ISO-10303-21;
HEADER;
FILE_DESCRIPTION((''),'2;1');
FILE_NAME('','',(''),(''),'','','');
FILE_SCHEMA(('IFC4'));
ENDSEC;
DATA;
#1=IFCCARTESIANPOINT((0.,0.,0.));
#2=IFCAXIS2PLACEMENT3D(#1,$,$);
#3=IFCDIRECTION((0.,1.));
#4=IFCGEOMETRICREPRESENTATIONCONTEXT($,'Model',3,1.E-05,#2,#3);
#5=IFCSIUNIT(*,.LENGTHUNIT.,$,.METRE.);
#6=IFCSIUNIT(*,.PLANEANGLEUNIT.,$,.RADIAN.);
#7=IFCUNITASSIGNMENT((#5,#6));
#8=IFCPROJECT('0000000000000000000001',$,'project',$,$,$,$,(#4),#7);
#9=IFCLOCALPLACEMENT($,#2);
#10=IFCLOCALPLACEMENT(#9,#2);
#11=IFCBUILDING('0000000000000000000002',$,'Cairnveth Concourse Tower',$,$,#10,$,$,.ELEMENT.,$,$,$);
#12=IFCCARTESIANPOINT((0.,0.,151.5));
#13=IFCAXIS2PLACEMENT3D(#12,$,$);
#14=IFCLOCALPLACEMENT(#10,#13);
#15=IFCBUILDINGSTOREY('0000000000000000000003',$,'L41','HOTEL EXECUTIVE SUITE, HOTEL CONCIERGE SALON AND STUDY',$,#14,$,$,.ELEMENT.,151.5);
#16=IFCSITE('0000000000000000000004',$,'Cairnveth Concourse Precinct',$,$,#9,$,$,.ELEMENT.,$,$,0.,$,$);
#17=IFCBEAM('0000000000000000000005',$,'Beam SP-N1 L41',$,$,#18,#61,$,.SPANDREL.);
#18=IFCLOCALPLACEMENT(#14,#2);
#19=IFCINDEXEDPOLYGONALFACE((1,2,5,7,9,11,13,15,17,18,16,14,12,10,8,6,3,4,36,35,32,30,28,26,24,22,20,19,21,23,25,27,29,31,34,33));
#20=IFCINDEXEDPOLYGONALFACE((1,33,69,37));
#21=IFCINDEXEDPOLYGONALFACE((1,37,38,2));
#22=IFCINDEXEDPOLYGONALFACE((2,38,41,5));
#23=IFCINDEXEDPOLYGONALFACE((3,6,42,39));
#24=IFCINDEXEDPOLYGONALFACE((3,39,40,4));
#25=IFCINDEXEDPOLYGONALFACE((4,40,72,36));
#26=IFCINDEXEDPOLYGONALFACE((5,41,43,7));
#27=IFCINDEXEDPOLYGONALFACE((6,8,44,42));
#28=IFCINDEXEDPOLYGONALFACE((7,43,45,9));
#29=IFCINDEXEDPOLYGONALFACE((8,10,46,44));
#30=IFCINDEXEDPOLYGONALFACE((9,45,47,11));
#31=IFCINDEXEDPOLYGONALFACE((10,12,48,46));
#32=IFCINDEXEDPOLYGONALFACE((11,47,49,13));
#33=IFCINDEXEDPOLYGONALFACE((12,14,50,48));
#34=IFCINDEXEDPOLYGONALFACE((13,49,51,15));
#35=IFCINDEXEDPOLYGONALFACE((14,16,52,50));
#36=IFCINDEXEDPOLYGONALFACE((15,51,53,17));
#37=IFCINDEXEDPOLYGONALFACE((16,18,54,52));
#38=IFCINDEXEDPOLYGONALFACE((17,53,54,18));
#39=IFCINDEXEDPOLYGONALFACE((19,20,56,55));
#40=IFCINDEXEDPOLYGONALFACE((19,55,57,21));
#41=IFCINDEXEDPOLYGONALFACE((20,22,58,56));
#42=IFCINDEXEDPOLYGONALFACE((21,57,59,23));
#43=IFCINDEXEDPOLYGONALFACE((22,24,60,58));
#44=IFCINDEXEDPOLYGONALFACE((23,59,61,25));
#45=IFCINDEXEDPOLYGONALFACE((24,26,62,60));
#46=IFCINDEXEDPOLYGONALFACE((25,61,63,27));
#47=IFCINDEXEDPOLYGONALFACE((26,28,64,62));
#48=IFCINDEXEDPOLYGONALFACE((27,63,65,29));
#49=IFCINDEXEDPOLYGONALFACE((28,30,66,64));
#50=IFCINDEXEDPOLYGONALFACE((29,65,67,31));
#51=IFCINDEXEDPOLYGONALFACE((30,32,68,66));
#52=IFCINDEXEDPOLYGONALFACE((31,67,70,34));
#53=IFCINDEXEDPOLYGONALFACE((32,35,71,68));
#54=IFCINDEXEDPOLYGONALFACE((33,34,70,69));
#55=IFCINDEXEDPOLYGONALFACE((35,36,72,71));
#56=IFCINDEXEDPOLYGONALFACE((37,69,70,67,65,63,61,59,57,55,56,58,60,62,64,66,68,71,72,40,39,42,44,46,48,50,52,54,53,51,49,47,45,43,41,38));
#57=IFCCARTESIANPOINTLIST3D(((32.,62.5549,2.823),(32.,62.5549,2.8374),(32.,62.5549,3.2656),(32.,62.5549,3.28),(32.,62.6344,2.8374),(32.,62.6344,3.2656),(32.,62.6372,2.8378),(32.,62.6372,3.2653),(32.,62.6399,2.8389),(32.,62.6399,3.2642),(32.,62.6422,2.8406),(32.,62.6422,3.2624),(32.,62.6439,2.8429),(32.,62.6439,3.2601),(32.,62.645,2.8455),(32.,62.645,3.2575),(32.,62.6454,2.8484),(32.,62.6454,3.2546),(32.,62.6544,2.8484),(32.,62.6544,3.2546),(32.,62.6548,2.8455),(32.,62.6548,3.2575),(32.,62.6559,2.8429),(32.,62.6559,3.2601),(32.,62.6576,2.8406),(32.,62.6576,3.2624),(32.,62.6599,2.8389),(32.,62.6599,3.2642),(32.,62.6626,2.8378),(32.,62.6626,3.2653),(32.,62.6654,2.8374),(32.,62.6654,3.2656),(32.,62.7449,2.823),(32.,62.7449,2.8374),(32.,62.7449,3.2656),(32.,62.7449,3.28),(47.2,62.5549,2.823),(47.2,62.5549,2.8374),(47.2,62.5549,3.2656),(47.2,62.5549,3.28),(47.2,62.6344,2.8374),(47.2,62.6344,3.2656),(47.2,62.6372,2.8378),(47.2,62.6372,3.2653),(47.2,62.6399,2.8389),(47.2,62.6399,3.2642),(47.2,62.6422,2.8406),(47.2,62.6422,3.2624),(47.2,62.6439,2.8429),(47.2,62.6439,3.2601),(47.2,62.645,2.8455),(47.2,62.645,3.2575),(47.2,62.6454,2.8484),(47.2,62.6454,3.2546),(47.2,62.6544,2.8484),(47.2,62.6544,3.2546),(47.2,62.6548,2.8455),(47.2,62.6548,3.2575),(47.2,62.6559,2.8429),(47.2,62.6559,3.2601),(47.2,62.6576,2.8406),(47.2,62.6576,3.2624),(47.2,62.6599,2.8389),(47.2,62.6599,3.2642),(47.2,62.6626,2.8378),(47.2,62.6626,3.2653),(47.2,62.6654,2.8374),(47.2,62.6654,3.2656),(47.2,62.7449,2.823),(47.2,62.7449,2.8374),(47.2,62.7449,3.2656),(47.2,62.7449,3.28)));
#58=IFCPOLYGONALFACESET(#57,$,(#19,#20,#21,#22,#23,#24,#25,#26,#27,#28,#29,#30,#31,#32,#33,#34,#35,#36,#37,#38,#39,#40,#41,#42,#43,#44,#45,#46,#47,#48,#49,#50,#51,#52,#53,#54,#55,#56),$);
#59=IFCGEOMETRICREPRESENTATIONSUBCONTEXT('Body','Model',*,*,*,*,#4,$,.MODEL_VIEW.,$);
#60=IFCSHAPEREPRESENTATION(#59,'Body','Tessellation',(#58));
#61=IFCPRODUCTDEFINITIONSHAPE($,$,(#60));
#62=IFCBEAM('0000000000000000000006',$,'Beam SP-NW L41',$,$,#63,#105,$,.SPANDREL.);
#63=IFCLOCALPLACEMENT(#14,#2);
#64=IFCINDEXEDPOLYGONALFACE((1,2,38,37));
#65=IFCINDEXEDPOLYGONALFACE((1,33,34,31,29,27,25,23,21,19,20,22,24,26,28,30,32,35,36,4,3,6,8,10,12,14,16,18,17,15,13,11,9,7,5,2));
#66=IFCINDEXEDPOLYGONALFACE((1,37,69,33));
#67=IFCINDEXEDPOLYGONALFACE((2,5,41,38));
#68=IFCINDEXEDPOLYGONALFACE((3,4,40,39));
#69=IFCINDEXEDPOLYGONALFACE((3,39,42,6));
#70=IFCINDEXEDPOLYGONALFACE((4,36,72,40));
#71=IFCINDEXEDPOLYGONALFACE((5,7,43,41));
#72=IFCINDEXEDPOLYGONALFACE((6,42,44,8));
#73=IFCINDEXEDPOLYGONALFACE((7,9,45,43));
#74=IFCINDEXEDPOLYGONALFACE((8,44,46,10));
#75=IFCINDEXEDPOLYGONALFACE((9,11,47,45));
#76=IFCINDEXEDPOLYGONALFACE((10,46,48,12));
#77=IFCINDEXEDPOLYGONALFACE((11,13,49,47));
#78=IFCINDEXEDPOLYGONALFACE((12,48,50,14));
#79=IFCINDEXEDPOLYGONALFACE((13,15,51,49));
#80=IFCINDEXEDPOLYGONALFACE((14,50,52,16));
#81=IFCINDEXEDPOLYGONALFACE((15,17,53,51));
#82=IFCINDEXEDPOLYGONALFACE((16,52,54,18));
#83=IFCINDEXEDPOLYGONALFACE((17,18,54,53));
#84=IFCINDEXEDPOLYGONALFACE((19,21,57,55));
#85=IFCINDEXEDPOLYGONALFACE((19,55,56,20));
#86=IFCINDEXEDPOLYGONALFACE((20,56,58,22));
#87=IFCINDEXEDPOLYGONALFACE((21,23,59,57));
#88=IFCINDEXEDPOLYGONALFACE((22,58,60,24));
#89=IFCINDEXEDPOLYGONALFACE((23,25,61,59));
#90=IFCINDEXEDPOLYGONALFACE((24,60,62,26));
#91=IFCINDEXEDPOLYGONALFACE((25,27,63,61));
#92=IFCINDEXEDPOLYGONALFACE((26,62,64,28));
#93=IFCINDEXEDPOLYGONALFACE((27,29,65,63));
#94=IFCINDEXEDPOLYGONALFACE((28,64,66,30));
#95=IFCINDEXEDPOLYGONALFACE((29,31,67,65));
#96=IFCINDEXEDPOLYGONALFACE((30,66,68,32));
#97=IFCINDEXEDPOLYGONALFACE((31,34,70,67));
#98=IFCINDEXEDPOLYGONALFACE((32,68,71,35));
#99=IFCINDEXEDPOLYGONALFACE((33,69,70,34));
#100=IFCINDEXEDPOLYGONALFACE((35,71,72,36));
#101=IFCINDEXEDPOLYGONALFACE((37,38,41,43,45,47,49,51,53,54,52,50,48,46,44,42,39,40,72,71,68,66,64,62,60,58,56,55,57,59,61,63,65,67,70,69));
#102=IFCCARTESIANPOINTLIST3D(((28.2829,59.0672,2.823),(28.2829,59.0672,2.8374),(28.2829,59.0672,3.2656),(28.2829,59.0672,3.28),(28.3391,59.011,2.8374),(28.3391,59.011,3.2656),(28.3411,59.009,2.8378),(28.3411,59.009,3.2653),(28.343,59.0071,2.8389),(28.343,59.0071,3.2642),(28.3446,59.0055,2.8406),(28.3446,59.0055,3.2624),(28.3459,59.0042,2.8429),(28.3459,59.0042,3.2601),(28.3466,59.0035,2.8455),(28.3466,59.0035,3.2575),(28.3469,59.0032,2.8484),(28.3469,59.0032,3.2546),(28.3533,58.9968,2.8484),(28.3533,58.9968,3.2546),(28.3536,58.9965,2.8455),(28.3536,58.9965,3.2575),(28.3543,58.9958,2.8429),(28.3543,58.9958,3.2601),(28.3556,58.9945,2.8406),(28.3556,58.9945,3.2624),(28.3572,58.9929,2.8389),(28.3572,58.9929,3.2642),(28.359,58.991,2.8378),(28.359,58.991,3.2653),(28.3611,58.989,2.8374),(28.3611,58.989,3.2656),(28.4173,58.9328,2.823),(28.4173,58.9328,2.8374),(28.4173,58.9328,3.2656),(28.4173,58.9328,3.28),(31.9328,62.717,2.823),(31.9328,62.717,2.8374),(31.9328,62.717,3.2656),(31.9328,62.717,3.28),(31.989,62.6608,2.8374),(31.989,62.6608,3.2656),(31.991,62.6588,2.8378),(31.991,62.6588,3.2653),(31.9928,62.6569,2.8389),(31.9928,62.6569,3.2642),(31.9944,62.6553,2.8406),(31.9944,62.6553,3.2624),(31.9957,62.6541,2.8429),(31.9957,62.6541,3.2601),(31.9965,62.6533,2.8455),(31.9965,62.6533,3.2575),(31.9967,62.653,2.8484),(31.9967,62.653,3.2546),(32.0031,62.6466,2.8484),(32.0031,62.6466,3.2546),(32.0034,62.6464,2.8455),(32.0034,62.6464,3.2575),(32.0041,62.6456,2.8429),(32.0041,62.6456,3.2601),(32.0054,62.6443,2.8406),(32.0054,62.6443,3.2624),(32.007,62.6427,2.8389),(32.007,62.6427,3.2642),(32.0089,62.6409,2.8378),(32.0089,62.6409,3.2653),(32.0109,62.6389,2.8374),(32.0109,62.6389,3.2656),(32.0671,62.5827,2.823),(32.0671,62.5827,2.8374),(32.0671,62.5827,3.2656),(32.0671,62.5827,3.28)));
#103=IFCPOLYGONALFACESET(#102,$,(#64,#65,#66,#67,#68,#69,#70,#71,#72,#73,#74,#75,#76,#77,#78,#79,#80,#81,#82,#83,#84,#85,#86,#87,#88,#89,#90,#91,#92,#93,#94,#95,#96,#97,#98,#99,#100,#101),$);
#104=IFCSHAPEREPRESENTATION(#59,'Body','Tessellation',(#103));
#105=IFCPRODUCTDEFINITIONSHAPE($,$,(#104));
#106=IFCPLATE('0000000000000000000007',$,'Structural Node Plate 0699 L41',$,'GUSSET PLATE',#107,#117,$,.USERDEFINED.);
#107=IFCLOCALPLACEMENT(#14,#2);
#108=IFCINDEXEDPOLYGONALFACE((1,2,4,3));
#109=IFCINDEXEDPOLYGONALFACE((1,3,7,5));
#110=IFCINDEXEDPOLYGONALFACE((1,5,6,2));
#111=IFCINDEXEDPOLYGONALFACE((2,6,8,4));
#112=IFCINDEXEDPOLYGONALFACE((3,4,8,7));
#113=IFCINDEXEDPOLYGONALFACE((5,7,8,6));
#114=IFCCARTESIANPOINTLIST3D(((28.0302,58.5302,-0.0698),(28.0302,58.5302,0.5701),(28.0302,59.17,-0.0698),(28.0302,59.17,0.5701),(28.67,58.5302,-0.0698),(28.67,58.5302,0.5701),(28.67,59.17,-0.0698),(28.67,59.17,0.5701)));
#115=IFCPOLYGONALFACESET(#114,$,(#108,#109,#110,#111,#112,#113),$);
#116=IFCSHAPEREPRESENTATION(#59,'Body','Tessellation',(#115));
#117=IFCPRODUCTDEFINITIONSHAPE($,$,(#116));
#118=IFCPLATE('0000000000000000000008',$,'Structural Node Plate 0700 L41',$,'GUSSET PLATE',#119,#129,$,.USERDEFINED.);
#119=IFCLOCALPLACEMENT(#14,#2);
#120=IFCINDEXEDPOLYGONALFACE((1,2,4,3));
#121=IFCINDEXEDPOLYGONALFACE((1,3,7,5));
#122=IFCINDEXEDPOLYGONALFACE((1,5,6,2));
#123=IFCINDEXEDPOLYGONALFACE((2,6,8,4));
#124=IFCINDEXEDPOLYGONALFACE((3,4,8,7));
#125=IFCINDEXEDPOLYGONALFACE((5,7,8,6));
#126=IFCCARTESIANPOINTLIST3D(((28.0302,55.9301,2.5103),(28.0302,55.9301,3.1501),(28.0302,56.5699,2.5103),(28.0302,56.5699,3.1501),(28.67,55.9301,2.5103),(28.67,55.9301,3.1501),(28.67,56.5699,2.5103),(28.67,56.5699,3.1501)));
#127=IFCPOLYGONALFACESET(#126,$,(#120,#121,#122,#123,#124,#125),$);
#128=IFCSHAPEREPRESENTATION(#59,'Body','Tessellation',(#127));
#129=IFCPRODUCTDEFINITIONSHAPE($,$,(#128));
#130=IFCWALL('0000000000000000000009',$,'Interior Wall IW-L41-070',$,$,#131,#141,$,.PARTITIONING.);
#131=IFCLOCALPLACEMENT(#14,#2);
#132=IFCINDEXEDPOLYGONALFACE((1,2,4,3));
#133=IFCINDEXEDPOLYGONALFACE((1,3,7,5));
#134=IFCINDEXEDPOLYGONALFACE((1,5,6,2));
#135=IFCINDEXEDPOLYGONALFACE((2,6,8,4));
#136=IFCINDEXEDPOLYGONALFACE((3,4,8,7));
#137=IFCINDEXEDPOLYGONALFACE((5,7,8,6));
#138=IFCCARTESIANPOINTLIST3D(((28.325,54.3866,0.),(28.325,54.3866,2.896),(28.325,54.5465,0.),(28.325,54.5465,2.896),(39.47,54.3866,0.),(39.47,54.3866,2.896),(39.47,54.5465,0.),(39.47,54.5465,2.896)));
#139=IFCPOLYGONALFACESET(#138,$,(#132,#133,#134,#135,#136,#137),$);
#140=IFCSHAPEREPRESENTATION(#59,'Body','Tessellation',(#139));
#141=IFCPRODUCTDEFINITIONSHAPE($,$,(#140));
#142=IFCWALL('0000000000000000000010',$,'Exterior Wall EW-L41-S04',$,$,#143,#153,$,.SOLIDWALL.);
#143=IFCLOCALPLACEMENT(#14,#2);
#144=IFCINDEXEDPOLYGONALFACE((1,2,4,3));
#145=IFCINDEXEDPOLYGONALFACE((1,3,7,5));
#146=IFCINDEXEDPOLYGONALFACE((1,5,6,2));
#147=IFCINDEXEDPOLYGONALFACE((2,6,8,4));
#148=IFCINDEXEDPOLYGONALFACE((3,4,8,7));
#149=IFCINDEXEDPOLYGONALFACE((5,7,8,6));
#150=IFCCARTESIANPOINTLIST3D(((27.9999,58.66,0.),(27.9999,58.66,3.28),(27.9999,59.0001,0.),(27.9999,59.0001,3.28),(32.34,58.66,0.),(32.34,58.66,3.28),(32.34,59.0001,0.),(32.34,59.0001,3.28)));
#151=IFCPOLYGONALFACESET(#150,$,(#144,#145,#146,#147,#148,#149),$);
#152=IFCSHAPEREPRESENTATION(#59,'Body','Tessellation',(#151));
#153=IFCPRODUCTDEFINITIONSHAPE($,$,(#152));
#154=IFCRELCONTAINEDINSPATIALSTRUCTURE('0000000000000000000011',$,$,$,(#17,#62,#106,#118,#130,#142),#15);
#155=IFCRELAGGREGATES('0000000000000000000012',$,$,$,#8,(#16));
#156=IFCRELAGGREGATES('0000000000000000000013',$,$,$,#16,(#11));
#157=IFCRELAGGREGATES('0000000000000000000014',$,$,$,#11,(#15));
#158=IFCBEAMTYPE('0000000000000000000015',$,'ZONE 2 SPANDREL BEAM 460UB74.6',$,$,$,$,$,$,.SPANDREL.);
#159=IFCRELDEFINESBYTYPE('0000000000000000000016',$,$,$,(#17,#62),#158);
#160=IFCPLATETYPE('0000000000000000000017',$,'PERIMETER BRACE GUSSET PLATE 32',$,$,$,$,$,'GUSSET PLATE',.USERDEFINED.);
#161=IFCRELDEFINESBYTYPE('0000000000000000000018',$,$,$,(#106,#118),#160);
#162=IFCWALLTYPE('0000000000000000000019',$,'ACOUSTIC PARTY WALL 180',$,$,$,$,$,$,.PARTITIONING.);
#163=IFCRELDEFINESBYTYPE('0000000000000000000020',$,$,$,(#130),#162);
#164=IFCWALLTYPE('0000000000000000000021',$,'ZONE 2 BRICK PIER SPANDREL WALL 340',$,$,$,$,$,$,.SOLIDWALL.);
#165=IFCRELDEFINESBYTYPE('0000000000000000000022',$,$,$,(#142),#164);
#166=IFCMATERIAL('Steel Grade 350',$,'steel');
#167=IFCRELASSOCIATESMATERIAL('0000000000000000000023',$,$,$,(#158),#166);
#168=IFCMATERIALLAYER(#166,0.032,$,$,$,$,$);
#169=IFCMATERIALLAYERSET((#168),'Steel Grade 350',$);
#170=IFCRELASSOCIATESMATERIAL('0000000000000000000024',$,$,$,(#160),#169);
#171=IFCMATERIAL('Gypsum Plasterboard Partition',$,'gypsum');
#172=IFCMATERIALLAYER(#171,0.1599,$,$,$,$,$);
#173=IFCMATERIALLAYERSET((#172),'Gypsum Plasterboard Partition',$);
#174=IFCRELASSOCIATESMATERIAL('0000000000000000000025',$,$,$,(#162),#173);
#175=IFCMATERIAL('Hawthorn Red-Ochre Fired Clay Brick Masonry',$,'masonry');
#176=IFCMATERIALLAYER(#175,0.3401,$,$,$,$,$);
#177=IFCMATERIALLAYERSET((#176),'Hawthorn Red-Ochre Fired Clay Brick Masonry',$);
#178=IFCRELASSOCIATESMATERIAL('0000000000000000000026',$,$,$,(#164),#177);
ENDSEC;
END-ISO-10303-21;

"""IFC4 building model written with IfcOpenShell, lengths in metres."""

from ifc_helpers import new_model, si_unit, direction, frame, frame_2d, origin, origin_2d, place, context, subcontext, project, spatial, rectangle, i_section, extrude, material, layer, layer_set, material_profile, profile_set, type_object, element, save


model = new_model("IFC4")

# Units and contexts
model_context = context("Model", 3, precision=1e-05, world=origin(), true_north=direction((0.0, 1.0)))
body_context = subcontext(model_context, "Body", "Model", "MODEL_VIEW")
ifc_project = project(units=[si_unit("LENGTHUNIT", "METRE"), si_unit("PLANEANGLEUNIT", "RADIAN")], contexts=[model_context])

# Site, building, storey
site_placement = place(None, origin())
site = spatial("IfcSite", under=ifc_project, at=site_placement, Name="Cairnveth Concourse Precinct", CompositionType="ELEMENT", RefElevation=0.0)
building_placement = place(site_placement, origin())
building = spatial("IfcBuilding", under=site, at=building_placement, Name="Cairnveth Concourse Tower", CompositionType="ELEMENT")
storey_placement = place(building_placement, frame((0.0, 0.0, 151.5)))
storey = spatial("IfcBuildingStorey", under=building, at=storey_placement, Name="L41", Description="HOTEL EXECUTIVE SUITE, HOTEL CONCIERGE SALON AND STUDY", CompositionType="ELEMENT", Elevation=151.5)

# Shared definitions
ifc_material_1 = material(Name="Steel Grade 350", Category="steel")

# Beams
ifc_material_profile_1 = material_profile(ifc_material_1, i_section(OverallWidth=0.1899, OverallDepth=0.457, WebThickness=0.009, FlangeThickness=0.0144, FilletRadius=0.011, at=origin_2d()), Name="460UB74.6")
ifc_profile_set_1 = profile_set([ifc_material_profile_1], Name="Steel Grade 350")
beam_type_1 = type_object("IfcBeamType", Name="ZONE 2 SPANDREL BEAM 460UB74.6", PredefinedType="SPANDREL", material=ifc_profile_set_1)
beam_1_placement = place(storey_placement, frame((32.0, 62.6499, 3.0515), z_axis=(1.0, 0.0, 0.0), x_axis=(0.0, 1.0, 0.0)))
element("IfcBeam", 1, at=beam_1_placement, inside=storey, type_object=beam_type_1, Name="Beam SP-N1 L41", PredefinedType="SPANDREL", context=body_context, shape_type="SweptSolid", body=[
    extrude(i_section(OverallWidth=0.1899, OverallDepth=0.457, WebThickness=0.009, FlangeThickness=0.0144, FilletRadius=0.011, at=origin_2d()), origin(), (0.0, 0.0, 1.0), 15.2),
])
beam_2_placement = place(storey_placement, frame((28.3501, 59.0, 3.0515), z_axis=(0.707107, 0.707107, 0.0), x_axis=(-0.707107, 0.707107, 0.0)))
element("IfcBeam", 2, at=beam_2_placement, inside=storey, type_object=beam_type_1, Name="Beam SP-NW L41", PredefinedType="SPANDREL", context=body_context, shape_type="SweptSolid", body=[
    extrude(i_section(OverallWidth=0.1899, OverallDepth=0.457, WebThickness=0.009, FlangeThickness=0.0144, FilletRadius=0.011, at=origin_2d()), origin(), (0.0, 0.0, 1.0), 5.1616),
])

# Plates
ifc_layer_1 = layer(ifc_material_1, 0.032)
ifc_layer_set_1 = layer_set([ifc_layer_1], Name="Steel Grade 350")
plate_type = type_object("IfcPlateType", Name="PERIMETER BRACE GUSSET PLATE 32", ElementType="GUSSET PLATE", PredefinedType="USERDEFINED", material=ifc_layer_set_1)
for number, where, z_axis, x_axis, name in (
    (3, (28.3501, 58.8501, -0.0698), (0.0, 0.0, 1.0), (1.0, 0.0, 0.0), "Structural Node Plate 0699 L41"),
    (4, (28.3501, 56.25, 2.5103), (0.0, 0.0, 1.0), (1.0, 0.0, 0.0), "Structural Node Plate 0700 L41"),
):
    element("IfcPlate", number, at=place(storey_placement, frame(where, z_axis=z_axis, x_axis=x_axis)), inside=storey, type_object=plate_type, Name=name, ObjectType="GUSSET PLATE", PredefinedType="USERDEFINED", context=body_context, shape_type="SweptSolid", body=[
        extrude(rectangle(XDim=0.6399, YDim=0.6399, at=origin_2d()), origin(), (0.0, 0.0, 1.0), 0.6399),
    ])

# Walls
ifc_material_2 = material(Name="Gypsum Plasterboard Partition", Category="gypsum")
ifc_layer_2 = layer(ifc_material_2, 0.1599)
ifc_layer_set_2 = layer_set([ifc_layer_2], Name="Gypsum Plasterboard Partition")
wall_type_1 = type_object("IfcWallType", Name="ACOUSTIC PARTY WALL 180", PredefinedType="PARTITIONING", material=ifc_layer_set_2)
wall_1_placement = place(storey_placement, frame((28.325, 54.4666, 0.0), z_axis=(0.0, 0.0, 1.0), x_axis=(1.0, 0.0, 0.0)))
element("IfcWall", 5, at=wall_1_placement, inside=storey, type_object=wall_type_1, Name="Interior Wall IW-L41-070", PredefinedType="PARTITIONING", context=body_context, shape_type="SweptSolid", body=[
    extrude(rectangle(XDim=11.145, YDim=0.1599, at=frame_2d((5.5725, 0.0))), origin(), (0.0, 0.0, 1.0), 2.896),
])
ifc_material_3 = material(Name="Hawthorn Red-Ochre Fired Clay Brick Masonry", Category="masonry")
ifc_layer_3 = layer(ifc_material_3, 0.3401)
ifc_layer_set_3 = layer_set([ifc_layer_3], Name="Hawthorn Red-Ochre Fired Clay Brick Masonry")
wall_type_2 = type_object("IfcWallType", Name="ZONE 2 BRICK PIER SPANDREL WALL 340", PredefinedType="SOLIDWALL", material=ifc_layer_set_3)
wall_2_placement = place(storey_placement, frame((28.0, 58.8301, 0.0), z_axis=(0.0, 0.0, 1.0), x_axis=(1.0, 0.0, 0.0)))
element("IfcWall", 6, at=wall_2_placement, inside=storey, type_object=wall_type_2, Name="Exterior Wall EW-L41-S04", PredefinedType="SOLIDWALL", context=body_context, shape_type="SweptSolid", body=[
    extrude(rectangle(XDim=4.3401, YDim=0.3401, at=frame_2d((2.1699, 0.0))), origin(), (0.0, 0.0, 1.0), 3.28),
])

save(model, "model.ifc")
